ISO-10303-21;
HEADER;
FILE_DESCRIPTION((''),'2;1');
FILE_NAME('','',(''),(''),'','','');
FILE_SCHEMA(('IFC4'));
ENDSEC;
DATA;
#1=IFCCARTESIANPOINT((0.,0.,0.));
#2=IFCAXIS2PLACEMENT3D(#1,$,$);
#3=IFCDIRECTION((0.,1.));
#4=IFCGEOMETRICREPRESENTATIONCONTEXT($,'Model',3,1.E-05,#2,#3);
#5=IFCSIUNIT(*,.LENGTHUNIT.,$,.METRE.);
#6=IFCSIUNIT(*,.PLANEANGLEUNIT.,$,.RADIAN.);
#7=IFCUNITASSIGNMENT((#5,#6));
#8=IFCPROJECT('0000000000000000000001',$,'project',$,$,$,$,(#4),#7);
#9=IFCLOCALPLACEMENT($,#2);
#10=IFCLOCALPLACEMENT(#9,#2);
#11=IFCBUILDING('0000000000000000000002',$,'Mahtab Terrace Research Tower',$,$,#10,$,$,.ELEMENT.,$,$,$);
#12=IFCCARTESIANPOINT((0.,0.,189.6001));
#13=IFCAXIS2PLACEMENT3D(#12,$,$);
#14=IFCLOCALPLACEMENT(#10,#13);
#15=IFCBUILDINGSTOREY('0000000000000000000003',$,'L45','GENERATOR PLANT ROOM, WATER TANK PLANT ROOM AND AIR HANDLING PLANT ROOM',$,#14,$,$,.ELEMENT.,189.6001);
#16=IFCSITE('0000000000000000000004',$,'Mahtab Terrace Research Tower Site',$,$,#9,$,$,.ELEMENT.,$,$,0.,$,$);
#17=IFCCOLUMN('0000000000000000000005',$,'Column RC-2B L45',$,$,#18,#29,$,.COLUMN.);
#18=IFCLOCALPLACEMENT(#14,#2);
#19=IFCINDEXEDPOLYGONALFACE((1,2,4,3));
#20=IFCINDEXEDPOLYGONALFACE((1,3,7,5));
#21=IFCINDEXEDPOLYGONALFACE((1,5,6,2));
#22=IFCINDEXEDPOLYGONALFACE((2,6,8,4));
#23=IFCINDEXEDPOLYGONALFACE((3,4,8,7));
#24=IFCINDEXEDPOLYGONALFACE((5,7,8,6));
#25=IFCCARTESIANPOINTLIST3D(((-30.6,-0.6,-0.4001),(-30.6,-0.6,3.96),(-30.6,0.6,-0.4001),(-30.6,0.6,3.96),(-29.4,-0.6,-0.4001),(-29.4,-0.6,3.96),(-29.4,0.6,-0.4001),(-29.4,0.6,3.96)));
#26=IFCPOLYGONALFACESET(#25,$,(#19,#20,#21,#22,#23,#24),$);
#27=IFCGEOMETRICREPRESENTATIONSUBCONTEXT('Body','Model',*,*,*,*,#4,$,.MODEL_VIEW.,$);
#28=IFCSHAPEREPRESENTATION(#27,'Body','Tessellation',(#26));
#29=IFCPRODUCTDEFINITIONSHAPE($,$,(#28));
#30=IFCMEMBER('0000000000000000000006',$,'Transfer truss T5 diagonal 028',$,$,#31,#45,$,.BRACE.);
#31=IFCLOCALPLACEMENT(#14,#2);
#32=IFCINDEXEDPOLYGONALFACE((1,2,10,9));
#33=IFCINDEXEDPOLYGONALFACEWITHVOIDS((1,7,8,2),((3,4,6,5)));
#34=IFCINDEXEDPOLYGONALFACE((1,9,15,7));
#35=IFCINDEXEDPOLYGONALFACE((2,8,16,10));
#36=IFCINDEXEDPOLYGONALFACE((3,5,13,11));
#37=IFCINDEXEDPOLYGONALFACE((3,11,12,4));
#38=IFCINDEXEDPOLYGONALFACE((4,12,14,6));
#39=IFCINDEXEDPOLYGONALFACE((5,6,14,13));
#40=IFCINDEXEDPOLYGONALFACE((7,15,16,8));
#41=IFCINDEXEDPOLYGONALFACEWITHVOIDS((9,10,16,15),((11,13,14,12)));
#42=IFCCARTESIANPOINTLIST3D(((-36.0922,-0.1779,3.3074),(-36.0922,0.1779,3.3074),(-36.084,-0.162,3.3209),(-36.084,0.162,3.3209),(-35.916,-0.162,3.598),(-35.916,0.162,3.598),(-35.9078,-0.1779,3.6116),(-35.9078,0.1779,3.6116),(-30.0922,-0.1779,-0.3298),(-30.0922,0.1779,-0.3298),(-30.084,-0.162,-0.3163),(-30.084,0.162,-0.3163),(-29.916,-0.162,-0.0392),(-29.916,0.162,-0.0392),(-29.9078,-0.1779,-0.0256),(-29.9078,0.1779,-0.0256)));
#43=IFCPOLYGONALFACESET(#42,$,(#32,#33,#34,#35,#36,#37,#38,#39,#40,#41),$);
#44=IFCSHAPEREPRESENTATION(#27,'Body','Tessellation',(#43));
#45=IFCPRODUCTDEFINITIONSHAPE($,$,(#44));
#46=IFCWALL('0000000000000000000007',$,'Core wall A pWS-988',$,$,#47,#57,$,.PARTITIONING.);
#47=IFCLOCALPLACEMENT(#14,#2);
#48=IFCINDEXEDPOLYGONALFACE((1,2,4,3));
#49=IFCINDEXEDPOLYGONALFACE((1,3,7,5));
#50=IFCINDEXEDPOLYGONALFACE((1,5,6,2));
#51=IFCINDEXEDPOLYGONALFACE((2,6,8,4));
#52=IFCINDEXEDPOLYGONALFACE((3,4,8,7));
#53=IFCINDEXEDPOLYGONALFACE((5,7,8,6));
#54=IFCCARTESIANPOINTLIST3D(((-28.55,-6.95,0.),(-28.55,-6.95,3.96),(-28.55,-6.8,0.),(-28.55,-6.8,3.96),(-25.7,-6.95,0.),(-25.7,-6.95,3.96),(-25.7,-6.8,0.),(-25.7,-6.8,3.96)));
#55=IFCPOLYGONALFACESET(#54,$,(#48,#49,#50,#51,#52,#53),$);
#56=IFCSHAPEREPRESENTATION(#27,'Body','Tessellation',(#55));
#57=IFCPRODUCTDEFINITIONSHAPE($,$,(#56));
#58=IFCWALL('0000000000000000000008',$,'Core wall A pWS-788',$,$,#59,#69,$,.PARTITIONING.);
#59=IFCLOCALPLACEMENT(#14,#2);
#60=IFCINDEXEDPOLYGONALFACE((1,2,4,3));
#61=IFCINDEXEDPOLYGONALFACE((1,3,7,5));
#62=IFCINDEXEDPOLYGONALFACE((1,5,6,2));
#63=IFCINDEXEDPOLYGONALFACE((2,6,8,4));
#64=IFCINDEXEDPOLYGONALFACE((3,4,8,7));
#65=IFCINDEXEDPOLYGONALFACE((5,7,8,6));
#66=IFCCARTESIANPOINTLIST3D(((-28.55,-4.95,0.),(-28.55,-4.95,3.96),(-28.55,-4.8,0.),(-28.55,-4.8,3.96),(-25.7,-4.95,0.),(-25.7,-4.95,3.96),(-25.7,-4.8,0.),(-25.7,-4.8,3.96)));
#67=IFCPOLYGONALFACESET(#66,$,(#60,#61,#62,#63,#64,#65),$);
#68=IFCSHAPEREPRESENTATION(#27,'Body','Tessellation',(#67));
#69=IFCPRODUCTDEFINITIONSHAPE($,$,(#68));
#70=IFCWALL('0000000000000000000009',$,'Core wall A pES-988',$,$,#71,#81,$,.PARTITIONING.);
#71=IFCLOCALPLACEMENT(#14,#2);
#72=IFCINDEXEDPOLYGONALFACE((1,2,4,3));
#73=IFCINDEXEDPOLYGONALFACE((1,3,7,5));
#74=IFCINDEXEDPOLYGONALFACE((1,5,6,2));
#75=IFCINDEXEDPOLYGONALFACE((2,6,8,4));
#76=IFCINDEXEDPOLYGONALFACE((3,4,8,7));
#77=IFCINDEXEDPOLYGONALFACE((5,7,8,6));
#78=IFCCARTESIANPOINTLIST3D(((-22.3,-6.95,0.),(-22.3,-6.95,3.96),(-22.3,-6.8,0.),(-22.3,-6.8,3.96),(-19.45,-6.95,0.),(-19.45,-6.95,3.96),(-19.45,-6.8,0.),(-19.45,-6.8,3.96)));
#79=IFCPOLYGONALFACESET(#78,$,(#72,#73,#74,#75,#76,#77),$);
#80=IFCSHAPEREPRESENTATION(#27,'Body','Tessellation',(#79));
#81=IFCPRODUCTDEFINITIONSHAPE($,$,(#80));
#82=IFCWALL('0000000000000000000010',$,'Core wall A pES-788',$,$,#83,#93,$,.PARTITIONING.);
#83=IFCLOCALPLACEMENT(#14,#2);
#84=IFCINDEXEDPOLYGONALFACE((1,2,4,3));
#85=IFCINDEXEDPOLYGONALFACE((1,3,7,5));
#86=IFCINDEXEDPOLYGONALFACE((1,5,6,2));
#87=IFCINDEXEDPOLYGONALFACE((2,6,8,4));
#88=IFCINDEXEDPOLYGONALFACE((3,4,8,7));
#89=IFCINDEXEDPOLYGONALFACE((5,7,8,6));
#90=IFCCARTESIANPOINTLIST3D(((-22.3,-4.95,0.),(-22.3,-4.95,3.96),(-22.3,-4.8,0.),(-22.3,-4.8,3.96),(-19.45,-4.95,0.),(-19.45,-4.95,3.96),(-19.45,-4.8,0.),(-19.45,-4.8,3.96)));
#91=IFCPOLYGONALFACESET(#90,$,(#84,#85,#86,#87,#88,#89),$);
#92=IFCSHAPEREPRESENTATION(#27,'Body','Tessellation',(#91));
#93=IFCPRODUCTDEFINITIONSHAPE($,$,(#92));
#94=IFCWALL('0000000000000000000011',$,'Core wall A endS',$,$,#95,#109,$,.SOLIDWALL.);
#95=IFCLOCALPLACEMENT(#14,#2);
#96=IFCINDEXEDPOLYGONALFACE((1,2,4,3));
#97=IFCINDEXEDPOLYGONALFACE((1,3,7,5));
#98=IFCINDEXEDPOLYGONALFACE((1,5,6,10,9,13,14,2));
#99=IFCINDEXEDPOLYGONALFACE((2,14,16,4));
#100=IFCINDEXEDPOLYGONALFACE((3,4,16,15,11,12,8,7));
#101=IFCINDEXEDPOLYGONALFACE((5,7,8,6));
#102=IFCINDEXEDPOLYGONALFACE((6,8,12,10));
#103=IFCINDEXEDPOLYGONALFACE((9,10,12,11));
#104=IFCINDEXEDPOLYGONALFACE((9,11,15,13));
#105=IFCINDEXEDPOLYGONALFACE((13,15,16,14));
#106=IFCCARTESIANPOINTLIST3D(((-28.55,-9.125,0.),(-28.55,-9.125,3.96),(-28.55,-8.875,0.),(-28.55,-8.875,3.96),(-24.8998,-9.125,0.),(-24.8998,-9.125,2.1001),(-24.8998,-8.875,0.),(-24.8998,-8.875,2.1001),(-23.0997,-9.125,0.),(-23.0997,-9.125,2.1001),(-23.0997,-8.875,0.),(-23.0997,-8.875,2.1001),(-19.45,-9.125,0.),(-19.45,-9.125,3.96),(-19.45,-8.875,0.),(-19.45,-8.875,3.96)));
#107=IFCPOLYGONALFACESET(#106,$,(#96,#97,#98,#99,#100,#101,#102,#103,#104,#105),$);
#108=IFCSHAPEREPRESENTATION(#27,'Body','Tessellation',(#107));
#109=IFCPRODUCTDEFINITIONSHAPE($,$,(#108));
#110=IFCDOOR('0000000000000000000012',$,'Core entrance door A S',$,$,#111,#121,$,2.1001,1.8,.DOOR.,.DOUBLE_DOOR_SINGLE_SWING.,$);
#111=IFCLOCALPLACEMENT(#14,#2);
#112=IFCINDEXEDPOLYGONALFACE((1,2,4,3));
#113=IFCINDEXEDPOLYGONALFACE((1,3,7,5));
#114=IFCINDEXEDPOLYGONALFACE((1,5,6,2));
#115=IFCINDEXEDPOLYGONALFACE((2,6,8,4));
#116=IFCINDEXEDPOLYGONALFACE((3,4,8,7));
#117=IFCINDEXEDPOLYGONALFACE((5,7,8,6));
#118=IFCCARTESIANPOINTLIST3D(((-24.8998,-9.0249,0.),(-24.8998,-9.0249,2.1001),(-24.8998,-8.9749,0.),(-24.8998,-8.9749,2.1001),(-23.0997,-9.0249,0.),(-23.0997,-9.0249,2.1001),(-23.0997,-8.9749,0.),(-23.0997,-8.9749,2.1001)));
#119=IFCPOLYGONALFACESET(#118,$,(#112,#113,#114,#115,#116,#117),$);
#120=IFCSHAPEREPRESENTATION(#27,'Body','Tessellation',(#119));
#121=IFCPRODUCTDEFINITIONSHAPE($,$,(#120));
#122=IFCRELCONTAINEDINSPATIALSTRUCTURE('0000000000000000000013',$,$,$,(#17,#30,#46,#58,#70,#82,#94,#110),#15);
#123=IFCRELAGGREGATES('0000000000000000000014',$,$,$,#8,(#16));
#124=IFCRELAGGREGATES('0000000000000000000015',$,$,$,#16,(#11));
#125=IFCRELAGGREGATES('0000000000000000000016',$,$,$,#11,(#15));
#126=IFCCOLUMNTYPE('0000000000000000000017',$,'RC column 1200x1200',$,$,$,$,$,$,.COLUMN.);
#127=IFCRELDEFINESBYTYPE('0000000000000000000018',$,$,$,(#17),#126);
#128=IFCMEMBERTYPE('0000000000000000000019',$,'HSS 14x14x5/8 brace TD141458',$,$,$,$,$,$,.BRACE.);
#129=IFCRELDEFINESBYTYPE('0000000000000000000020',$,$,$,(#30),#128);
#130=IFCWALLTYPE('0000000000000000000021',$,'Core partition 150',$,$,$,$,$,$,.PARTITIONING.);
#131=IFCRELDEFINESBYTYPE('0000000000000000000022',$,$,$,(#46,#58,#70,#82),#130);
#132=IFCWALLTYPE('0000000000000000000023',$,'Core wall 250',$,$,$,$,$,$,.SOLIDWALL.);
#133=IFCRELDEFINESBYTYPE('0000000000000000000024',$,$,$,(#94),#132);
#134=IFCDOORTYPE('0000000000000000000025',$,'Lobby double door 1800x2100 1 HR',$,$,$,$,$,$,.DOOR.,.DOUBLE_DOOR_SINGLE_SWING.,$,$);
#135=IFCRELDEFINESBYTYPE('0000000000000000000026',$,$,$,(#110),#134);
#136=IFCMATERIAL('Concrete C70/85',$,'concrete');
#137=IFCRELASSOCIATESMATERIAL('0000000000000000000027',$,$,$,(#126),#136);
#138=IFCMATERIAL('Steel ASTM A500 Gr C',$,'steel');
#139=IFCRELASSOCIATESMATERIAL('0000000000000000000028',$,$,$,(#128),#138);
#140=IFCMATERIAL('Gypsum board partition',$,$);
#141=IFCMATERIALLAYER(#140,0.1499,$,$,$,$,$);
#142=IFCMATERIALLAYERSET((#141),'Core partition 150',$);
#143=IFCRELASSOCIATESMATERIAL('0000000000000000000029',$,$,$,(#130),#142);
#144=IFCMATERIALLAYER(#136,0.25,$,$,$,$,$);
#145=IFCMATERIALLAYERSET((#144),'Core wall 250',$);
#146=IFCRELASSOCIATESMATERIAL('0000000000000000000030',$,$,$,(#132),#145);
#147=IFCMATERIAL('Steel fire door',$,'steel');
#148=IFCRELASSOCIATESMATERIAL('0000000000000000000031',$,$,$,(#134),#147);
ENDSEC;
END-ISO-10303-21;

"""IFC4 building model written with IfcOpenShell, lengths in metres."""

from ifc_helpers import new_model, si_unit, direction, frame, frame_2d, origin, origin_2d, place, context, subcontext, project, spatial, rectangle, hollow_rectangle, extrude, material, layer, layer_set, material_profile, profile_set, type_object, element, fill, save


model = new_model("IFC4")

# Units and contexts
model_context = context("Model", 3, precision=1e-05, world=origin(), true_north=direction((0.0, 1.0)))
body_context = subcontext(model_context, "Body", "Model", "MODEL_VIEW")
ifc_project = project(units=[si_unit("LENGTHUNIT", "METRE"), si_unit("PLANEANGLEUNIT", "RADIAN")], contexts=[model_context])

# Site, building, storey
site_placement = place(None, origin())
site = spatial("IfcSite", under=ifc_project, at=site_placement, Name="Mahtab Terrace Research Tower Site", CompositionType="ELEMENT", RefElevation=0.0)
building_placement = place(site_placement, origin())
building = spatial("IfcBuilding", under=site, at=building_placement, Name="Mahtab Terrace Research Tower", CompositionType="ELEMENT")
storey_placement = place(building_placement, frame((0.0, 0.0, 189.6001)))
storey = spatial("IfcBuildingStorey", under=building, at=storey_placement, Name="L45", Description="GENERATOR PLANT ROOM, WATER TANK PLANT ROOM AND AIR HANDLING PLANT ROOM", CompositionType="ELEMENT", Elevation=189.6001)

# Column
ifc_material_1 = material(Name="Concrete C70/85", Category="concrete")
ifc_material_profile_1 = material_profile(ifc_material_1, rectangle(XDim=1.2, YDim=1.2, at=origin_2d()), Name="RC column 1200x1200")
ifc_profile_set_1 = profile_set([ifc_material_profile_1], Name="Concrete C70/85")
column_type = type_object("IfcColumnType", Name="RC column 1200x1200", PredefinedType="COLUMN", material=ifc_profile_set_1)
column_placement = place(storey_placement, frame((-30.0, 0.0, -0.4001), z_axis=(0.0, 0.0, 1.0), x_axis=(1.0, 0.0, 0.0)))
element("IfcColumn", 1, at=column_placement, inside=storey, type_object=column_type, Name="Column RC-2B L45", PredefinedType="COLUMN", context=body_context, shape_type="SweptSolid", body=[
    extrude(rectangle(XDim=1.2, YDim=1.2, at=origin_2d()), origin(), (0.0, 0.0, 1.0), 4.3601),
])

# Member
ifc_material_2 = material(Name="Steel ASTM A500 Gr C", Category="steel")
ifc_material_profile_2 = material_profile(ifc_material_2, hollow_rectangle(XDim=0.3557, YDim=0.3557, WallThickness=0.0159, at=origin_2d()), Name="HSS14X14X5/8")
ifc_profile_set_2 = profile_set([ifc_material_profile_2], Name="Steel ASTM A500 Gr C")
member_type = type_object("IfcMemberType", Name="HSS 14x14x5/8 brace TD141458", PredefinedType="BRACE", material=ifc_profile_set_2)
member_placement = place(storey_placement, frame((-30.0, 0.0, -0.1777), z_axis=(-0.855145, 0.0, 0.51839), x_axis=(0.0, -1.0, 0.0)))
element("IfcMember", 2, at=member_placement, inside=storey, type_object=member_type, Name="Transfer truss T5 diagonal 028", PredefinedType="BRACE", context=body_context, shape_type="SweptSolid", body=[
    extrude(hollow_rectangle(XDim=0.3557, YDim=0.3557, WallThickness=0.0159, at=origin_2d()), origin(), (0.0, 0.0, 1.0), 7.0164),
])

# Walls
ifc_material_3 = material(Name="Gypsum board partition")
ifc_layer_1 = layer(ifc_material_3, 0.1499)
ifc_layer_set_1 = layer_set([ifc_layer_1], Name="Core partition 150")
wall_type_1 = type_object("IfcWallType", Name="Core partition 150", PredefinedType="PARTITIONING", material=ifc_layer_set_1)
for number, where, z_axis, x_axis, name in (
    (3, (-28.55, -6.875, 0.0), (0.0, 0.0, 1.0), (1.0, 0.0, 0.0), "Core wall A pWS-988"),
    (4, (-28.55, -4.875, 0.0), (0.0, 0.0, 1.0), (1.0, 0.0, 0.0), "Core wall A pWS-788"),
    (5, (-22.3, -6.875, 0.0), (0.0, 0.0, 1.0), (1.0, 0.0, 0.0), "Core wall A pES-988"),
    (6, (-22.3, -4.875, 0.0), (0.0, 0.0, 1.0), (1.0, 0.0, 0.0), "Core wall A pES-788"),
):
    element("IfcWall", number, at=place(storey_placement, frame(where, z_axis=z_axis, x_axis=x_axis)), inside=storey, type_object=wall_type_1, Name=name, PredefinedType="PARTITIONING", context=body_context, shape_type="SweptSolid", body=[
        extrude(rectangle(XDim=2.8501, YDim=0.1499, at=frame_2d((1.425, 0.0))), origin(), (0.0, 0.0, 1.0), 3.96),
    ])

# Wall, opening, door
ifc_layer_2 = layer(ifc_material_1, 0.25)
ifc_layer_set_2 = layer_set([ifc_layer_2], Name="Core wall 250")
wall_type_2 = type_object("IfcWallType", Name="Core wall 250", PredefinedType="SOLIDWALL", material=ifc_layer_set_2)
wall_1_placement = place(storey_placement, frame((-19.45, -9.0, 0.0), z_axis=(0.0, 0.0, 1.0), x_axis=(-1.0, 0.0, 0.0)))
wall_1 = element("IfcWall", 7, at=wall_1_placement, inside=storey, type_object=wall_type_2, Name="Core wall A endS", PredefinedType="SOLIDWALL", context=body_context, shape_type="SweptSolid", body=[
    extrude(rectangle(XDim=9.1001, YDim=0.25, at=frame_2d((4.55, 0.0))), origin(), (0.0, 0.0, 1.0), 3.96),
])
opening_1_placement = place(wall_1_placement, frame((3.6499, 0.0, 0.0)))
opening_1 = element("IfcOpeningElement", 8, at=opening_1_placement, cuts=wall_1, PredefinedType="OPENING", context=body_context, shape_type="SweptSolid", body=[
    extrude(rectangle(XDim=1.8, YDim=2.1001, at=frame_2d((0.8999, 1.05))), frame((0.0, 0.135, 0.0), z_axis=(0.0, -1.0, 0.0), x_axis=(1.0, 0.0, 0.0)), (0.0, 0.0, 1.0), 0.27),
])
ifc_material_4 = material(Name="Steel fire door", Category="steel")
door_type_1 = type_object("IfcDoorType", Name="Lobby double door 1800x2100 1 HR", OperationType="DOUBLE_DOOR_SINGLE_SWING", PredefinedType="DOOR", material=ifc_material_4)
door_1_placement = place(opening_1_placement, origin())
door_1 = element("IfcDoor", 9, at=door_1_placement, inside=storey, type_object=door_type_1, Name="Core entrance door A S", OperationType="DOUBLE_DOOR_SINGLE_SWING", OverallHeight=2.1001, OverallWidth=1.8, PredefinedType="DOOR", context=body_context, shape_type="SweptSolid", body=[
    extrude(rectangle(XDim=1.8, YDim=2.1001, at=frame_2d((0.8999, 1.05))), frame((0.0, 0.0249, 0.0), z_axis=(0.0, -1.0, 0.0), x_axis=(1.0, 0.0, 0.0)), (0.0, 0.0, 1.0), 0.05),
])
fill(opening_1, door_1)

save(model, "model.ifc")
